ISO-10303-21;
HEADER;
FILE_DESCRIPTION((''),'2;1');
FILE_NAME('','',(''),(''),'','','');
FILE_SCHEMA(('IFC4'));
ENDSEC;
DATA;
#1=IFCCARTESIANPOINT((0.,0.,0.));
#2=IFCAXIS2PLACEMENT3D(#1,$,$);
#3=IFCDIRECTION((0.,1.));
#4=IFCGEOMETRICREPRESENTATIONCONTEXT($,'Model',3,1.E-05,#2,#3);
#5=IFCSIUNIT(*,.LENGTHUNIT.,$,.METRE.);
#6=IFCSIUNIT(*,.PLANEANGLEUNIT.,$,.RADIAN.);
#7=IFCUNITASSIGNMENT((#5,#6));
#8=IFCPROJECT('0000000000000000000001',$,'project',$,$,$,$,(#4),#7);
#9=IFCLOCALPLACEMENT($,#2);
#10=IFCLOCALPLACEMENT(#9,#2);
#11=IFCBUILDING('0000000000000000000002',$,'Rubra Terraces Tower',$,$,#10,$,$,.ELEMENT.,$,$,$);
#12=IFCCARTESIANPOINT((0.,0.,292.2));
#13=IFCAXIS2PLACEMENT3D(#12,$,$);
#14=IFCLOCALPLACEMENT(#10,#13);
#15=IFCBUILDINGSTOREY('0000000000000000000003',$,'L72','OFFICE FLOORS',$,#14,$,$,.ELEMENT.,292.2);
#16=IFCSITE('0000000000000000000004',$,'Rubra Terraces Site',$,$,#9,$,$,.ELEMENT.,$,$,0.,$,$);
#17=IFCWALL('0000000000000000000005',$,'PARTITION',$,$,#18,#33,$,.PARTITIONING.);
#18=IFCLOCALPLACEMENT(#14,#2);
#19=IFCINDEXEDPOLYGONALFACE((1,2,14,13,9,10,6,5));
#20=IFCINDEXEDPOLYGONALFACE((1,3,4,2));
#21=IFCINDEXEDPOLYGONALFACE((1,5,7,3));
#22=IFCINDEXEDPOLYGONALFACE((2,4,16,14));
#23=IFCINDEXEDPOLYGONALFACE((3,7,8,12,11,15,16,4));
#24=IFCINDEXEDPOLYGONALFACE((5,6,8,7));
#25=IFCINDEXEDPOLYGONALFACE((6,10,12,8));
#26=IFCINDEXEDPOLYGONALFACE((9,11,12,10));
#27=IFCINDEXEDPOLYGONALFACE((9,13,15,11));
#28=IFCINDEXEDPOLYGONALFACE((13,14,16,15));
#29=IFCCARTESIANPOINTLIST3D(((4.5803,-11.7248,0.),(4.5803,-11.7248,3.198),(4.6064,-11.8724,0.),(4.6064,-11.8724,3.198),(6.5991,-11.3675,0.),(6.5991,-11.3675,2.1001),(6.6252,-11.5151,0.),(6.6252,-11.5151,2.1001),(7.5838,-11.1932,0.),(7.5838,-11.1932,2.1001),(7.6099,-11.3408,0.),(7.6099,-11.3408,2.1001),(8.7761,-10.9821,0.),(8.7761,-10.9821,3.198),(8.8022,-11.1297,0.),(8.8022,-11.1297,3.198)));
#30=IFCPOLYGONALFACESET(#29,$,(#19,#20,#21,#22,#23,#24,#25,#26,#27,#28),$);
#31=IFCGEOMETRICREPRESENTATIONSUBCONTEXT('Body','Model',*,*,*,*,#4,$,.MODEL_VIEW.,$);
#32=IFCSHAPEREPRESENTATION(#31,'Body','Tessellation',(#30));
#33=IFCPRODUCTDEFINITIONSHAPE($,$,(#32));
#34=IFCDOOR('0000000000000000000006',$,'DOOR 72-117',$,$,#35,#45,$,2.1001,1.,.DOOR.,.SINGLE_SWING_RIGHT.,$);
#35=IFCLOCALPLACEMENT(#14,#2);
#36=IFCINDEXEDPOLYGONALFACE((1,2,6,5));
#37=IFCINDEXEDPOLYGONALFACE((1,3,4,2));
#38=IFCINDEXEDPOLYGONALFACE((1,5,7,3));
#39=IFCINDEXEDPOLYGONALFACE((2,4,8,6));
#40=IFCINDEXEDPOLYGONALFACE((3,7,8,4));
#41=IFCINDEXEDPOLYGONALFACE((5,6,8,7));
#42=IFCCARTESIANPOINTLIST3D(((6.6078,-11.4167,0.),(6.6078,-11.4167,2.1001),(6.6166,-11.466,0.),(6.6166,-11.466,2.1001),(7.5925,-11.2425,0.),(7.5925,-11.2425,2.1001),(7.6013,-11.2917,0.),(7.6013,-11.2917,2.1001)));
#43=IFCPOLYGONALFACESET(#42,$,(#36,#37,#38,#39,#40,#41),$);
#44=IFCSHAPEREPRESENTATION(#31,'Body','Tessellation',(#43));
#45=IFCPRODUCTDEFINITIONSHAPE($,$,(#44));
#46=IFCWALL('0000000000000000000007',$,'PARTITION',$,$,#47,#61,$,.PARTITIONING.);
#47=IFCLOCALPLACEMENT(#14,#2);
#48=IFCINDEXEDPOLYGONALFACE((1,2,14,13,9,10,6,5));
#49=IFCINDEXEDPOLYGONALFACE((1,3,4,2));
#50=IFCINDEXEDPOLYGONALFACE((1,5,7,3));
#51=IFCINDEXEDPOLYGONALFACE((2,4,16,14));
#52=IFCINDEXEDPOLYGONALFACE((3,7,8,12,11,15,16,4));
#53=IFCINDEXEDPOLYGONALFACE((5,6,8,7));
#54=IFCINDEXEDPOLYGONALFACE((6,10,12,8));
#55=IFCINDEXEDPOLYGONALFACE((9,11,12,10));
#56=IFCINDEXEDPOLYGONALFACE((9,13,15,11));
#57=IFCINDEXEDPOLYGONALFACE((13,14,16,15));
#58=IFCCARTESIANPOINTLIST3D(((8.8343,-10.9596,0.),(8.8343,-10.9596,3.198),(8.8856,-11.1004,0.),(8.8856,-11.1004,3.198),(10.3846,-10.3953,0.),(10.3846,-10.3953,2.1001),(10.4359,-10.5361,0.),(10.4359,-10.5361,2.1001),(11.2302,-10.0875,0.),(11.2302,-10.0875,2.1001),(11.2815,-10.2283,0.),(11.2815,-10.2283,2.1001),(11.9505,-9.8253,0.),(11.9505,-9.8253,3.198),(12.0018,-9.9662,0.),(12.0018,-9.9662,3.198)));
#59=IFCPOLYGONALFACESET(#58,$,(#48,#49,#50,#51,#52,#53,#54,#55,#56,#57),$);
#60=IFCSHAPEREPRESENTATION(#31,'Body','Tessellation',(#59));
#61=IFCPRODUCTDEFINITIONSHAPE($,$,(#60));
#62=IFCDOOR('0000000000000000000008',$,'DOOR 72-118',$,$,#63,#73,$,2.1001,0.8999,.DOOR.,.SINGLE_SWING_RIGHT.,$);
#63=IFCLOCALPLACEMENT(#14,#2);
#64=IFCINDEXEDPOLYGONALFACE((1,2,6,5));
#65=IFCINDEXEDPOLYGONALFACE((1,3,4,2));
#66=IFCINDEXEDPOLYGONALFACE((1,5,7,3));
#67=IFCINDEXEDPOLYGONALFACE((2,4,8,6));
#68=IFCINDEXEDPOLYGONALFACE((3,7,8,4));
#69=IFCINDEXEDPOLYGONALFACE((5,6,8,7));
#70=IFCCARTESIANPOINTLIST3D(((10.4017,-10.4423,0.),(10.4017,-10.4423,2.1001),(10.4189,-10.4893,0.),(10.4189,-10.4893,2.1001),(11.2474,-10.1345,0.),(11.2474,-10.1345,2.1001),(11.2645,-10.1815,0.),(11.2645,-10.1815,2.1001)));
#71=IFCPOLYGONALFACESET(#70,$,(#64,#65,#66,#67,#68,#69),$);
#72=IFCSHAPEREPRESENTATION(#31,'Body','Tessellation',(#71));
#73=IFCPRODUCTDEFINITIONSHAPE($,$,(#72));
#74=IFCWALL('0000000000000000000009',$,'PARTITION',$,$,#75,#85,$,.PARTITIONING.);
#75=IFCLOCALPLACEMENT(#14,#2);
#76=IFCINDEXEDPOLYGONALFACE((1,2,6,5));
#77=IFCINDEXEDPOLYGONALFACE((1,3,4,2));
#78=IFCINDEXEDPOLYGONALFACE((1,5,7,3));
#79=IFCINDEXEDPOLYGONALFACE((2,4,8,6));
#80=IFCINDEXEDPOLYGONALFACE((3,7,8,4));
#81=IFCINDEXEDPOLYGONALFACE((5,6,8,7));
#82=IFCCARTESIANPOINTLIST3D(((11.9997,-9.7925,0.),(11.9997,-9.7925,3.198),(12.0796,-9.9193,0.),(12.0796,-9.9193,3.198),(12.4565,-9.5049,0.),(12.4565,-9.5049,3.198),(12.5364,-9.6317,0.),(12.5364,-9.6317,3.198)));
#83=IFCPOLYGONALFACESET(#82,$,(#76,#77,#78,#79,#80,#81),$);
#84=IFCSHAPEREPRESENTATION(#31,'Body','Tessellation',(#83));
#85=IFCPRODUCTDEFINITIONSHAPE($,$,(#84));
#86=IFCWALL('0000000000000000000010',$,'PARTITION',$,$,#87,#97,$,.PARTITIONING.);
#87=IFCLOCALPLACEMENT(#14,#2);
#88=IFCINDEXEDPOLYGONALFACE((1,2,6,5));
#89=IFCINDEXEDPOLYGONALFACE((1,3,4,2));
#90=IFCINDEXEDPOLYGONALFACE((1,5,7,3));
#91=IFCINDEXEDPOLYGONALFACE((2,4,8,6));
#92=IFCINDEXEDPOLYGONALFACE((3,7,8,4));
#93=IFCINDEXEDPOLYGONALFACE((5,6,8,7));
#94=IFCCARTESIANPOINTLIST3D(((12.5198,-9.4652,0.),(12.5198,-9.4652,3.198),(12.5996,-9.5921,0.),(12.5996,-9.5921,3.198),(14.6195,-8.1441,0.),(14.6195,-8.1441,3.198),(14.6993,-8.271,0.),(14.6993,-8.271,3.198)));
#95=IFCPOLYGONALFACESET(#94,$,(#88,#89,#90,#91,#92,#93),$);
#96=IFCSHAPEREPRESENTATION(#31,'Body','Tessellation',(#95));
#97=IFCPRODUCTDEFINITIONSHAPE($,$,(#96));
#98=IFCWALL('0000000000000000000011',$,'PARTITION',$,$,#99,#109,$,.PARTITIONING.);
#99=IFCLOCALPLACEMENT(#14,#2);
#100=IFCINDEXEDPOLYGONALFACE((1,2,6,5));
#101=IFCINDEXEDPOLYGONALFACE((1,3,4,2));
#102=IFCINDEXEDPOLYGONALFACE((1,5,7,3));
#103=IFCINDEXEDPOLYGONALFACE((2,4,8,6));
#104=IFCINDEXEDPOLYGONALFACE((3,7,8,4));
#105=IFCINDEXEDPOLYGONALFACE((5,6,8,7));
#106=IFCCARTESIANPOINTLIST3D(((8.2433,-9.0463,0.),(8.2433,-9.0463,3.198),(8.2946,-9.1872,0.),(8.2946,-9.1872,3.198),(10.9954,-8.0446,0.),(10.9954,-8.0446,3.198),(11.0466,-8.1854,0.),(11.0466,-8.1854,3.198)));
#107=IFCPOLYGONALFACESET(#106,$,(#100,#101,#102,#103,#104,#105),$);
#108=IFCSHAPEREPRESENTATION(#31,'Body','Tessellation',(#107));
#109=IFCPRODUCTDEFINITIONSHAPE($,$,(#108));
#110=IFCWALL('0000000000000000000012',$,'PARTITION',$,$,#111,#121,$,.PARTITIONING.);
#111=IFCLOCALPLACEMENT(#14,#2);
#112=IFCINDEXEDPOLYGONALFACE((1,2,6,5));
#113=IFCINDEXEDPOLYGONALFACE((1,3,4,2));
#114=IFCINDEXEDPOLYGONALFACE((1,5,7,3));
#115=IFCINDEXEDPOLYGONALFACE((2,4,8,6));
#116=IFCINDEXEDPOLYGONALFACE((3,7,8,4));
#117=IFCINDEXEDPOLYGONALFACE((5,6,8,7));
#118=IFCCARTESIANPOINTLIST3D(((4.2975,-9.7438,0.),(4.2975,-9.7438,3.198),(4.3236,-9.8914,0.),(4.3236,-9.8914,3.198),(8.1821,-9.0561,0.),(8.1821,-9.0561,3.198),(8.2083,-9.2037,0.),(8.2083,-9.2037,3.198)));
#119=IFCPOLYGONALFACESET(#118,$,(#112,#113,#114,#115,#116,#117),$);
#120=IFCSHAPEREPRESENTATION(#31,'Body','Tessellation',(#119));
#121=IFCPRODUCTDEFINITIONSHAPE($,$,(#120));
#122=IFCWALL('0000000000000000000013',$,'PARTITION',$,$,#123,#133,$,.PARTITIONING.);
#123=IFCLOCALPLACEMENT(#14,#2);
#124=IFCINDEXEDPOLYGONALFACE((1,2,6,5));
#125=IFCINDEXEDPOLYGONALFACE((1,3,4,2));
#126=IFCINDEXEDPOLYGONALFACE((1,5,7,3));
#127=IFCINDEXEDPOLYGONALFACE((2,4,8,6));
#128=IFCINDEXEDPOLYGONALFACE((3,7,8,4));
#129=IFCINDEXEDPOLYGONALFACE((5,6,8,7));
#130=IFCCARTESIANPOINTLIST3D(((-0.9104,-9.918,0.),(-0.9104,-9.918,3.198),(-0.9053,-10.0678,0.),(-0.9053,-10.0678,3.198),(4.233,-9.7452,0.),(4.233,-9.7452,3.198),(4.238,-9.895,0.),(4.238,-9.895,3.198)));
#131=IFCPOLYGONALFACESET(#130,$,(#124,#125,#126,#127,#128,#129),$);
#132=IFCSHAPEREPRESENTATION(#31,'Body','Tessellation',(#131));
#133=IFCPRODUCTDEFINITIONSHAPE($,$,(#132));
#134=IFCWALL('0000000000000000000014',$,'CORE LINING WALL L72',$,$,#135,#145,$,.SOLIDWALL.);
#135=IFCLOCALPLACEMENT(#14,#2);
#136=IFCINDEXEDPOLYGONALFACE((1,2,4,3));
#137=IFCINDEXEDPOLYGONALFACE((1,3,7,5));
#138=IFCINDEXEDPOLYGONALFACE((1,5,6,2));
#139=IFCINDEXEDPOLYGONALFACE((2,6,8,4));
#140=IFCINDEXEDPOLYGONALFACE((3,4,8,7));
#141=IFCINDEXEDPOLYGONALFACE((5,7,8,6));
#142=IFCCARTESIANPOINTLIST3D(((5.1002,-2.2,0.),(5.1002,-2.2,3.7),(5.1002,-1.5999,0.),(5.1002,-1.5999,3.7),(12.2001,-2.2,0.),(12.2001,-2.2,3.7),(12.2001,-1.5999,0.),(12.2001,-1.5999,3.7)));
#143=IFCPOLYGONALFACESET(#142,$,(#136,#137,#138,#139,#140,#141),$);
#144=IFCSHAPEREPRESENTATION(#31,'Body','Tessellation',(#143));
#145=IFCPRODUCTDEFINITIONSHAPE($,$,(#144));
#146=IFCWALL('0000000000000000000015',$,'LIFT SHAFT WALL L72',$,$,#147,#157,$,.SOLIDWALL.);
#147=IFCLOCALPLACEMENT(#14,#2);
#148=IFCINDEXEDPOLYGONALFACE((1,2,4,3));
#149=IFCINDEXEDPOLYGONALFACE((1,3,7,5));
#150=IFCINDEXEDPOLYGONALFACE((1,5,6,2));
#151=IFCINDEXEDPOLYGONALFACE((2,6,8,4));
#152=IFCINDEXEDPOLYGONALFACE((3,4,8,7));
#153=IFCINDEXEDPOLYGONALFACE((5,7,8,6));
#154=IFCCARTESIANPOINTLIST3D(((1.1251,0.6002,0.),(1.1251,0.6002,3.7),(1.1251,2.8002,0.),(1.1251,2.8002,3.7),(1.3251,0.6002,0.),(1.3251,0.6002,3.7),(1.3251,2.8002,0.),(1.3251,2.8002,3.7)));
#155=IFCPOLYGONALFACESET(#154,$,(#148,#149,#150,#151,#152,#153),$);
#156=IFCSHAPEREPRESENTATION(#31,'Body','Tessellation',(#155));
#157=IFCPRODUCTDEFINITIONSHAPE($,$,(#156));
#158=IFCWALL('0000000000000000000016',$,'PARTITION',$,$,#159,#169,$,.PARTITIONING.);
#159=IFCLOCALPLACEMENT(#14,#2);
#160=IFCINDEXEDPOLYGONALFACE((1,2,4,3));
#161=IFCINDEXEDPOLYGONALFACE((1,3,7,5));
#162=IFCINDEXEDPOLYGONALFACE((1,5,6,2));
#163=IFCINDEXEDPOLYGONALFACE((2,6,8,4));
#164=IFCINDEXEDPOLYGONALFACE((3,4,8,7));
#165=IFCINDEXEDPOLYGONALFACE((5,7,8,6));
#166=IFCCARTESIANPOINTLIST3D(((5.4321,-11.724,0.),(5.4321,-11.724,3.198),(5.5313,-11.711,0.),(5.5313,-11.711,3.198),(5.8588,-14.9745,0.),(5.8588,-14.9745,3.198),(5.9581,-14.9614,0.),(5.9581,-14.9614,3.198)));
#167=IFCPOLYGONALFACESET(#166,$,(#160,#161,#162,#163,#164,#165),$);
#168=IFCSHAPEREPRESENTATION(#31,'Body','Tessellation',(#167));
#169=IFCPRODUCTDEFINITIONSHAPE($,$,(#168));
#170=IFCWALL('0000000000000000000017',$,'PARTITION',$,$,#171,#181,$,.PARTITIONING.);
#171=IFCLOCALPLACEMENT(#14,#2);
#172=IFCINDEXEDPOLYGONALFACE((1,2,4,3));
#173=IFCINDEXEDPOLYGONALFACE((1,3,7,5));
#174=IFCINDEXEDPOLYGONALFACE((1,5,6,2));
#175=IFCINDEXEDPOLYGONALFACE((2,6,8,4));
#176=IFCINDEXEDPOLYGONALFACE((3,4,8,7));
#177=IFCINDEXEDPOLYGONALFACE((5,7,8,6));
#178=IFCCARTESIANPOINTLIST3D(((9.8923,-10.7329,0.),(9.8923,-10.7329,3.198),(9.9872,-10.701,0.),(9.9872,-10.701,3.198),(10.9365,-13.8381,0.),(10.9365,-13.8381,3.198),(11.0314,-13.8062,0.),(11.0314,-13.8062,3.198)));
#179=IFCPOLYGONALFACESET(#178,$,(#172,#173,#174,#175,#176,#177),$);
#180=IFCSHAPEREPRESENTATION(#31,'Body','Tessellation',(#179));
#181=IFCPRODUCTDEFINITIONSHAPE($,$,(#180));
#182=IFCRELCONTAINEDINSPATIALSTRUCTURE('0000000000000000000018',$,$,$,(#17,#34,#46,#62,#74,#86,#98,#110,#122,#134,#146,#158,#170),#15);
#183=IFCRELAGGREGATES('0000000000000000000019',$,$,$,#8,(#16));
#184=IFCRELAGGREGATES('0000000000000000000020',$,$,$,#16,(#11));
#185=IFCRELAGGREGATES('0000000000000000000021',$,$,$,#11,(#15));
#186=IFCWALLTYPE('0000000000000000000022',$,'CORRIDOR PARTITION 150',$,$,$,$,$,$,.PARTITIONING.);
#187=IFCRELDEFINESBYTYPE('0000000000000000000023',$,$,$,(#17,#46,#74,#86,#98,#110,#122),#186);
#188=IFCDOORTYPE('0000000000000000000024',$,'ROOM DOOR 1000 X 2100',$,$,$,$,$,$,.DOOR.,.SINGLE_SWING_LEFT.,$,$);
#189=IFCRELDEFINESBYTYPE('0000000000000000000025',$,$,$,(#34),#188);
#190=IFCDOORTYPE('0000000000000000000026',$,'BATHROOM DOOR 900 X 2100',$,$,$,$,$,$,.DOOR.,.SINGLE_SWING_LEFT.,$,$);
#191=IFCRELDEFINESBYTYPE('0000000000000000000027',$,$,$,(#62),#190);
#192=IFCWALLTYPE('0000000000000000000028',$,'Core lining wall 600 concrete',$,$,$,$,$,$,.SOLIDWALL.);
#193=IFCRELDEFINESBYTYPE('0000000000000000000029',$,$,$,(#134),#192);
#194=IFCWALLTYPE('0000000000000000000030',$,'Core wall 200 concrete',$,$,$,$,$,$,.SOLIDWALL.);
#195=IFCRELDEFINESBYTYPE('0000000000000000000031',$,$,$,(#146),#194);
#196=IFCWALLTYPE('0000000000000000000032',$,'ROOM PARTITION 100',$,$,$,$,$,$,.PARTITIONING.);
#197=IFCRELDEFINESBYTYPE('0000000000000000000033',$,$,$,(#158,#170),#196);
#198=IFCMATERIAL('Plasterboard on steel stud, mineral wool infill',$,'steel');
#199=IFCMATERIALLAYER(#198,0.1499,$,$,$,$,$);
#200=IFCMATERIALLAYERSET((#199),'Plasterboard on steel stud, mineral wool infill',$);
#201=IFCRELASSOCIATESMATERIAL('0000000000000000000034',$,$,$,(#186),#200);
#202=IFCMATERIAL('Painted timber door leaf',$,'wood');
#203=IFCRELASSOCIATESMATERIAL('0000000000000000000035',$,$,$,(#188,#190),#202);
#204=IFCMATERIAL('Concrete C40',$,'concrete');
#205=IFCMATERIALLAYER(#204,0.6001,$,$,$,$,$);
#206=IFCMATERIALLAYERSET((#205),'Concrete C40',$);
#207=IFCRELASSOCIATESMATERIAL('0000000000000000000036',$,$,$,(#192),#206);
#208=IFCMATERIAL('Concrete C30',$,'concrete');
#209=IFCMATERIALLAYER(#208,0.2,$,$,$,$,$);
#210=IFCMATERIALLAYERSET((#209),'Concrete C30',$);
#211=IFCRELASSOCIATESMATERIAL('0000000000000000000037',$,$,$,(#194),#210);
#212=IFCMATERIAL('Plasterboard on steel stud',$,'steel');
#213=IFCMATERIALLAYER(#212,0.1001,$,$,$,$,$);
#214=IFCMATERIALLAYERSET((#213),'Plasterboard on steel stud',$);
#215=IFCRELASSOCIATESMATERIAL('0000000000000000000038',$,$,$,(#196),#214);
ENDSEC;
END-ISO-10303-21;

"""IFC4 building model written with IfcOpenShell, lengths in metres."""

from ifc_helpers import new_model, si_unit, direction, frame, frame_2d, origin, place, context, subcontext, project, spatial, rectangle, extrude, material, layer, layer_set, type_object, element, fill, save


model = new_model("IFC4")

# Units and contexts
model_context = context("Model", 3, precision=1e-05, world=origin(), true_north=direction((0.0, 1.0)))
body_context = subcontext(model_context, "Body", "Model", "MODEL_VIEW")
ifc_project = project(units=[si_unit("LENGTHUNIT", "METRE"), si_unit("PLANEANGLEUNIT", "RADIAN")], contexts=[model_context])

# Site, building, storey
site_placement = place(None, origin())
site = spatial("IfcSite", under=ifc_project, at=site_placement, Name="Rubra Terraces Site", CompositionType="ELEMENT", RefElevation=0.0)
building_placement = place(site_placement, origin())
building = spatial("IfcBuilding", under=site, at=building_placement, Name="Rubra Terraces Tower", CompositionType="ELEMENT")
storey_placement = place(building_placement, frame((0.0, 0.0, 292.2)))
storey = spatial("IfcBuildingStorey", under=building, at=storey_placement, Name="L72", Description="OFFICE FLOORS", CompositionType="ELEMENT", Elevation=292.2)

# Walls, openings, doors
ifc_material_1 = material(Name="Plasterboard on steel stud, mineral wool infill", Category="steel")
ifc_layer_1 = layer(ifc_material_1, 0.1499)
ifc_layer_set_1 = layer_set([ifc_layer_1], Name="Plasterboard on steel stud, mineral wool infill")
wall_type_1 = type_object("IfcWallType", Name="CORRIDOR PARTITION 150", PredefinedType="PARTITIONING", material=ifc_layer_set_1)
wall_1_placement = place(storey_placement, frame((4.5935, -11.7986, 0.0), z_axis=(0.0, 0.0, 1.0), x_axis=(0.984693, 0.174295, 0.0)))
wall_1 = element("IfcWall", 1, at=wall_1_placement, inside=storey, type_object=wall_type_1, Name="PARTITION", PredefinedType="PARTITIONING", context=body_context, shape_type="SweptSolid", body=[
    extrude(rectangle(XDim=4.261, YDim=0.1499, at=frame_2d((2.1304, 0.0))), origin(), (0.0, 0.0, 1.0), 3.198),
])
opening_1_placement = place(wall_1_placement, frame((2.05, 0.0, 0.0)))
opening_1 = element("IfcOpeningElement", 2, at=opening_1_placement, cuts=wall_1, PredefinedType="OPENING", context=body_context, shape_type="SweptSolid", body=[
    extrude(rectangle(XDim=1.0, YDim=2.1001, at=frame_2d((0.5, 1.05))), frame((0.0, 0.085, 0.0), z_axis=(0.0, -1.0, 0.0), x_axis=(1.0, 0.0, 0.0)), (0.0, 0.0, 1.0), 0.1699),
])
ifc_material_2 = material(Name="Painted timber door leaf", Category="wood")
door_type_1 = type_object("IfcDoorType", Name="ROOM DOOR 1000 X 2100", OperationType="SINGLE_SWING_LEFT", PredefinedType="DOOR", material=ifc_material_2)
door_1_placement = place(opening_1_placement, origin())
door_1 = element("IfcDoor", 3, at=door_1_placement, inside=storey, type_object=door_type_1, Name="DOOR 72-117", OperationType="SINGLE_SWING_RIGHT", OverallHeight=2.1001, OverallWidth=1.0, PredefinedType="DOOR", context=body_context, shape_type="SweptSolid", body=[
    extrude(rectangle(XDim=1.0, YDim=2.1001, at=frame_2d((0.5, 1.05))), frame((0.0, 0.0249, 0.0), z_axis=(0.0, -1.0, 0.0), x_axis=(1.0, 0.0, 0.0)), (0.0, 0.0, 1.0), 0.05),
])
fill(opening_1, door_1)
wall_2_placement = place(storey_placement, frame((8.8599, -11.03, 0.0), z_axis=(0.0, 0.0, 1.0), x_axis=(0.939686, 0.342039, 0.0)))
wall_2 = element("IfcWall", 4, at=wall_2_placement, inside=storey, type_object=wall_type_1, Name="PARTITION", PredefinedType="PARTITIONING", context=body_context, shape_type="SweptSolid", body=[
    extrude(rectangle(XDim=3.3162, YDim=0.1499, at=frame_2d((1.6582, 0.0))), origin(), (0.0, 0.0, 1.0), 3.198),
])
opening_2_placement = place(wall_2_placement, frame((1.6499, 0.0, 0.0)))
opening_2 = element("IfcOpeningElement", 5, at=opening_2_placement, cuts=wall_2, PredefinedType="OPENING", context=body_context, shape_type="SweptSolid", body=[
    extrude(rectangle(XDim=0.8999, YDim=2.1001, at=frame_2d((0.45, 1.05))), frame((0.0, 0.085, 0.0), z_axis=(0.0, -1.0, 0.0), x_axis=(1.0, 0.0, 0.0)), (0.0, 0.0, 1.0), 0.1699),
])
door_type_2 = type_object("IfcDoorType", Name="BATHROOM DOOR 900 X 2100", OperationType="SINGLE_SWING_LEFT", PredefinedType="DOOR", material=ifc_material_2)
door_2_placement = place(opening_2_placement, origin())
door_2 = element("IfcDoor", 6, at=door_2_placement, inside=storey, type_object=door_type_2, Name="DOOR 72-118", OperationType="SINGLE_SWING_RIGHT", OverallHeight=2.1001, OverallWidth=0.8999, PredefinedType="DOOR", context=body_context, shape_type="SweptSolid", body=[
    extrude(rectangle(XDim=0.8999, YDim=2.1001, at=frame_2d((0.45, 1.05))), frame((0.0, 0.0249, 0.0), z_axis=(0.0, -1.0, 0.0), x_axis=(1.0, 0.0, 0.0)), (0.0, 0.0, 1.0), 0.05),
])
fill(opening_2, door_2)

# Walls
wall_3_placement = place(storey_placement, frame((12.0396, -9.856, 0.0), z_axis=(0.0, 0.0, 1.0), x_axis=(0.84624, 0.532801, 0.0)))
element("IfcWall", 7, at=wall_3_placement, inside=storey, type_object=wall_type_1, Name="PARTITION", PredefinedType="PARTITIONING", context=body_context, shape_type="SweptSolid", body=[
    extrude(rectangle(XDim=0.5398, YDim=0.1499, at=frame_2d((0.27, 0.0))), origin(), (0.0, 0.0, 1.0), 3.198),
])
wall_4_placement = place(storey_placement, frame((12.5598, -9.5286, 0.0), z_axis=(0.0, 0.0, 1.0), x_axis=(0.846402, 0.532544, 0.0)))
element("IfcWall", 8, at=wall_4_placement, inside=storey, type_object=wall_type_1, Name="PARTITION", PredefinedType="PARTITIONING", context=body_context, shape_type="SweptSolid", body=[
    extrude(rectangle(XDim=2.4807, YDim=0.1499, at=frame_2d((1.2402, 0.0))), origin(), (0.0, 0.0, 1.0), 3.198),
])
wall_5_placement = place(storey_placement, frame((11.021, -8.115, 0.0), z_axis=(0.0, 0.0, 1.0), x_axis=(-0.939684, -0.342044, 0.0)))
element("IfcWall", 9, at=wall_5_placement, inside=storey, type_object=wall_type_1, Name="PARTITION", PredefinedType="PARTITIONING", context=body_context, shape_type="SweptSolid", body=[
    extrude(rectangle(XDim=2.9287, YDim=0.1499, at=frame_2d((1.4644, 0.0))), origin(), (0.0, 0.0, 1.0), 3.198),
])
wall_6_placement = place(storey_placement, frame((8.1953, -9.1299, 0.0), z_axis=(0.0, 0.0, 1.0), x_axis=(-0.984688, -0.174325, 0.0)))
element("IfcWall", 10, at=wall_6_placement, inside=storey, type_object=wall_type_1, Name="PARTITION", PredefinedType="PARTITIONING", context=body_context, shape_type="SweptSolid", body=[
    extrude(rectangle(XDim=3.9451, YDim=0.1499, at=frame_2d((1.9727, 0.0))), origin(), (0.0, 0.0, 1.0), 3.198),
])
wall_7_placement = place(storey_placement, frame((4.2356, -9.8201, 0.0), z_axis=(0.0, 0.0, 1.0), x_axis=(-0.999436, -0.033588, 0.0)))
element("IfcWall", 11, at=wall_7_placement, inside=storey, type_object=wall_type_1, Name="PARTITION", PredefinedType="PARTITIONING", context=body_context, shape_type="SweptSolid", body=[
    extrude(rectangle(XDim=5.1462, YDim=0.1499, at=frame_2d((2.5732, 0.0))), origin(), (0.0, 0.0, 1.0), 3.198),
])
ifc_material_3 = material(Name="Concrete C40", Category="concrete")
ifc_layer_2 = layer(ifc_material_3, 0.6001)
ifc_layer_set_2 = layer_set([ifc_layer_2], Name="Concrete C40")
wall_type_2 = type_object("IfcWallType", Name="Core lining wall 600 concrete", PredefinedType="SOLIDWALL", material=ifc_layer_set_2)
wall_8_placement = place(storey_placement, frame((12.2, -1.8999, 0.0), z_axis=(0.0, 0.0, 1.0), x_axis=(-1.0, 0.0, 0.0)))
element("IfcWall", 12, at=wall_8_placement, inside=storey, type_object=wall_type_2, Name="CORE LINING WALL L72", PredefinedType="SOLIDWALL", context=body_context, shape_type="SweptSolid", body=[
    extrude(rectangle(XDim=7.0999, YDim=0.6001, at=frame_2d((3.5498, 0.0))), origin(), (0.0, 0.0, 1.0), 3.7),
])
ifc_material_4 = material(Name="Concrete C30", Category="concrete")
ifc_layer_3 = layer(ifc_material_4, 0.2)
ifc_layer_set_3 = layer_set([ifc_layer_3], Name="Concrete C30")
wall_type_3 = type_object("IfcWallType", Name="Core wall 200 concrete", PredefinedType="SOLIDWALL", material=ifc_layer_set_3)
wall_9_placement = place(storey_placement, frame((1.2251, 0.6001, 0.0), z_axis=(0.0, 0.0, 1.0), x_axis=(0.0, 1.0, 0.0)))
element("IfcWall", 13, at=wall_9_placement, inside=storey, type_object=wall_type_3, Name="LIFT SHAFT WALL L72", PredefinedType="SOLIDWALL", context=body_context, shape_type="SweptSolid", body=[
    extrude(rectangle(XDim=2.2, YDim=0.2, at=frame_2d((1.1001, 0.0))), origin(), (0.0, 0.0, 1.0), 3.7),
])
ifc_material_5 = material(Name="Plasterboard on steel stud", Category="steel")
ifc_layer_4 = layer(ifc_material_5, 0.1001)
ifc_layer_set_4 = layer_set([ifc_layer_4], Name="Plasterboard on steel stud")
wall_type_4 = type_object("IfcWallType", Name="ROOM PARTITION 100", PredefinedType="PARTITIONING", material=ifc_layer_set_4)
wall_10_placement = place(storey_placement, frame((5.4817, -11.7175, 0.0), z_axis=(0.0, 0.0, 1.0), x_axis=(0.130173, -0.991491, 0.0)))
element("IfcWall", 14, at=wall_10_placement, inside=storey, type_object=wall_type_4, Name="PARTITION", PredefinedType="PARTITIONING", context=body_context, shape_type="SweptSolid", body=[
    extrude(rectangle(XDim=3.2783, YDim=0.1001, at=frame_2d((1.6392, 0.0))), origin(), (0.0, 0.0, 1.0), 3.198),
])
wall_11_placement = place(storey_placement, frame((9.9397, -10.7168, 0.0), z_axis=(0.0, 0.0, 1.0), x_axis=(0.318731, -0.947845, 0.0)))
element("IfcWall", 15, at=wall_11_placement, inside=storey, type_object=wall_type_4, Name="PARTITION", PredefinedType="PARTITIONING", context=body_context, shape_type="SweptSolid", body=[
    extrude(rectangle(XDim=3.2761, YDim=0.1001, at=frame_2d((1.6382, 0.0))), origin(), (0.0, 0.0, 1.0), 3.198),
])

save(model, "model.ifc")
